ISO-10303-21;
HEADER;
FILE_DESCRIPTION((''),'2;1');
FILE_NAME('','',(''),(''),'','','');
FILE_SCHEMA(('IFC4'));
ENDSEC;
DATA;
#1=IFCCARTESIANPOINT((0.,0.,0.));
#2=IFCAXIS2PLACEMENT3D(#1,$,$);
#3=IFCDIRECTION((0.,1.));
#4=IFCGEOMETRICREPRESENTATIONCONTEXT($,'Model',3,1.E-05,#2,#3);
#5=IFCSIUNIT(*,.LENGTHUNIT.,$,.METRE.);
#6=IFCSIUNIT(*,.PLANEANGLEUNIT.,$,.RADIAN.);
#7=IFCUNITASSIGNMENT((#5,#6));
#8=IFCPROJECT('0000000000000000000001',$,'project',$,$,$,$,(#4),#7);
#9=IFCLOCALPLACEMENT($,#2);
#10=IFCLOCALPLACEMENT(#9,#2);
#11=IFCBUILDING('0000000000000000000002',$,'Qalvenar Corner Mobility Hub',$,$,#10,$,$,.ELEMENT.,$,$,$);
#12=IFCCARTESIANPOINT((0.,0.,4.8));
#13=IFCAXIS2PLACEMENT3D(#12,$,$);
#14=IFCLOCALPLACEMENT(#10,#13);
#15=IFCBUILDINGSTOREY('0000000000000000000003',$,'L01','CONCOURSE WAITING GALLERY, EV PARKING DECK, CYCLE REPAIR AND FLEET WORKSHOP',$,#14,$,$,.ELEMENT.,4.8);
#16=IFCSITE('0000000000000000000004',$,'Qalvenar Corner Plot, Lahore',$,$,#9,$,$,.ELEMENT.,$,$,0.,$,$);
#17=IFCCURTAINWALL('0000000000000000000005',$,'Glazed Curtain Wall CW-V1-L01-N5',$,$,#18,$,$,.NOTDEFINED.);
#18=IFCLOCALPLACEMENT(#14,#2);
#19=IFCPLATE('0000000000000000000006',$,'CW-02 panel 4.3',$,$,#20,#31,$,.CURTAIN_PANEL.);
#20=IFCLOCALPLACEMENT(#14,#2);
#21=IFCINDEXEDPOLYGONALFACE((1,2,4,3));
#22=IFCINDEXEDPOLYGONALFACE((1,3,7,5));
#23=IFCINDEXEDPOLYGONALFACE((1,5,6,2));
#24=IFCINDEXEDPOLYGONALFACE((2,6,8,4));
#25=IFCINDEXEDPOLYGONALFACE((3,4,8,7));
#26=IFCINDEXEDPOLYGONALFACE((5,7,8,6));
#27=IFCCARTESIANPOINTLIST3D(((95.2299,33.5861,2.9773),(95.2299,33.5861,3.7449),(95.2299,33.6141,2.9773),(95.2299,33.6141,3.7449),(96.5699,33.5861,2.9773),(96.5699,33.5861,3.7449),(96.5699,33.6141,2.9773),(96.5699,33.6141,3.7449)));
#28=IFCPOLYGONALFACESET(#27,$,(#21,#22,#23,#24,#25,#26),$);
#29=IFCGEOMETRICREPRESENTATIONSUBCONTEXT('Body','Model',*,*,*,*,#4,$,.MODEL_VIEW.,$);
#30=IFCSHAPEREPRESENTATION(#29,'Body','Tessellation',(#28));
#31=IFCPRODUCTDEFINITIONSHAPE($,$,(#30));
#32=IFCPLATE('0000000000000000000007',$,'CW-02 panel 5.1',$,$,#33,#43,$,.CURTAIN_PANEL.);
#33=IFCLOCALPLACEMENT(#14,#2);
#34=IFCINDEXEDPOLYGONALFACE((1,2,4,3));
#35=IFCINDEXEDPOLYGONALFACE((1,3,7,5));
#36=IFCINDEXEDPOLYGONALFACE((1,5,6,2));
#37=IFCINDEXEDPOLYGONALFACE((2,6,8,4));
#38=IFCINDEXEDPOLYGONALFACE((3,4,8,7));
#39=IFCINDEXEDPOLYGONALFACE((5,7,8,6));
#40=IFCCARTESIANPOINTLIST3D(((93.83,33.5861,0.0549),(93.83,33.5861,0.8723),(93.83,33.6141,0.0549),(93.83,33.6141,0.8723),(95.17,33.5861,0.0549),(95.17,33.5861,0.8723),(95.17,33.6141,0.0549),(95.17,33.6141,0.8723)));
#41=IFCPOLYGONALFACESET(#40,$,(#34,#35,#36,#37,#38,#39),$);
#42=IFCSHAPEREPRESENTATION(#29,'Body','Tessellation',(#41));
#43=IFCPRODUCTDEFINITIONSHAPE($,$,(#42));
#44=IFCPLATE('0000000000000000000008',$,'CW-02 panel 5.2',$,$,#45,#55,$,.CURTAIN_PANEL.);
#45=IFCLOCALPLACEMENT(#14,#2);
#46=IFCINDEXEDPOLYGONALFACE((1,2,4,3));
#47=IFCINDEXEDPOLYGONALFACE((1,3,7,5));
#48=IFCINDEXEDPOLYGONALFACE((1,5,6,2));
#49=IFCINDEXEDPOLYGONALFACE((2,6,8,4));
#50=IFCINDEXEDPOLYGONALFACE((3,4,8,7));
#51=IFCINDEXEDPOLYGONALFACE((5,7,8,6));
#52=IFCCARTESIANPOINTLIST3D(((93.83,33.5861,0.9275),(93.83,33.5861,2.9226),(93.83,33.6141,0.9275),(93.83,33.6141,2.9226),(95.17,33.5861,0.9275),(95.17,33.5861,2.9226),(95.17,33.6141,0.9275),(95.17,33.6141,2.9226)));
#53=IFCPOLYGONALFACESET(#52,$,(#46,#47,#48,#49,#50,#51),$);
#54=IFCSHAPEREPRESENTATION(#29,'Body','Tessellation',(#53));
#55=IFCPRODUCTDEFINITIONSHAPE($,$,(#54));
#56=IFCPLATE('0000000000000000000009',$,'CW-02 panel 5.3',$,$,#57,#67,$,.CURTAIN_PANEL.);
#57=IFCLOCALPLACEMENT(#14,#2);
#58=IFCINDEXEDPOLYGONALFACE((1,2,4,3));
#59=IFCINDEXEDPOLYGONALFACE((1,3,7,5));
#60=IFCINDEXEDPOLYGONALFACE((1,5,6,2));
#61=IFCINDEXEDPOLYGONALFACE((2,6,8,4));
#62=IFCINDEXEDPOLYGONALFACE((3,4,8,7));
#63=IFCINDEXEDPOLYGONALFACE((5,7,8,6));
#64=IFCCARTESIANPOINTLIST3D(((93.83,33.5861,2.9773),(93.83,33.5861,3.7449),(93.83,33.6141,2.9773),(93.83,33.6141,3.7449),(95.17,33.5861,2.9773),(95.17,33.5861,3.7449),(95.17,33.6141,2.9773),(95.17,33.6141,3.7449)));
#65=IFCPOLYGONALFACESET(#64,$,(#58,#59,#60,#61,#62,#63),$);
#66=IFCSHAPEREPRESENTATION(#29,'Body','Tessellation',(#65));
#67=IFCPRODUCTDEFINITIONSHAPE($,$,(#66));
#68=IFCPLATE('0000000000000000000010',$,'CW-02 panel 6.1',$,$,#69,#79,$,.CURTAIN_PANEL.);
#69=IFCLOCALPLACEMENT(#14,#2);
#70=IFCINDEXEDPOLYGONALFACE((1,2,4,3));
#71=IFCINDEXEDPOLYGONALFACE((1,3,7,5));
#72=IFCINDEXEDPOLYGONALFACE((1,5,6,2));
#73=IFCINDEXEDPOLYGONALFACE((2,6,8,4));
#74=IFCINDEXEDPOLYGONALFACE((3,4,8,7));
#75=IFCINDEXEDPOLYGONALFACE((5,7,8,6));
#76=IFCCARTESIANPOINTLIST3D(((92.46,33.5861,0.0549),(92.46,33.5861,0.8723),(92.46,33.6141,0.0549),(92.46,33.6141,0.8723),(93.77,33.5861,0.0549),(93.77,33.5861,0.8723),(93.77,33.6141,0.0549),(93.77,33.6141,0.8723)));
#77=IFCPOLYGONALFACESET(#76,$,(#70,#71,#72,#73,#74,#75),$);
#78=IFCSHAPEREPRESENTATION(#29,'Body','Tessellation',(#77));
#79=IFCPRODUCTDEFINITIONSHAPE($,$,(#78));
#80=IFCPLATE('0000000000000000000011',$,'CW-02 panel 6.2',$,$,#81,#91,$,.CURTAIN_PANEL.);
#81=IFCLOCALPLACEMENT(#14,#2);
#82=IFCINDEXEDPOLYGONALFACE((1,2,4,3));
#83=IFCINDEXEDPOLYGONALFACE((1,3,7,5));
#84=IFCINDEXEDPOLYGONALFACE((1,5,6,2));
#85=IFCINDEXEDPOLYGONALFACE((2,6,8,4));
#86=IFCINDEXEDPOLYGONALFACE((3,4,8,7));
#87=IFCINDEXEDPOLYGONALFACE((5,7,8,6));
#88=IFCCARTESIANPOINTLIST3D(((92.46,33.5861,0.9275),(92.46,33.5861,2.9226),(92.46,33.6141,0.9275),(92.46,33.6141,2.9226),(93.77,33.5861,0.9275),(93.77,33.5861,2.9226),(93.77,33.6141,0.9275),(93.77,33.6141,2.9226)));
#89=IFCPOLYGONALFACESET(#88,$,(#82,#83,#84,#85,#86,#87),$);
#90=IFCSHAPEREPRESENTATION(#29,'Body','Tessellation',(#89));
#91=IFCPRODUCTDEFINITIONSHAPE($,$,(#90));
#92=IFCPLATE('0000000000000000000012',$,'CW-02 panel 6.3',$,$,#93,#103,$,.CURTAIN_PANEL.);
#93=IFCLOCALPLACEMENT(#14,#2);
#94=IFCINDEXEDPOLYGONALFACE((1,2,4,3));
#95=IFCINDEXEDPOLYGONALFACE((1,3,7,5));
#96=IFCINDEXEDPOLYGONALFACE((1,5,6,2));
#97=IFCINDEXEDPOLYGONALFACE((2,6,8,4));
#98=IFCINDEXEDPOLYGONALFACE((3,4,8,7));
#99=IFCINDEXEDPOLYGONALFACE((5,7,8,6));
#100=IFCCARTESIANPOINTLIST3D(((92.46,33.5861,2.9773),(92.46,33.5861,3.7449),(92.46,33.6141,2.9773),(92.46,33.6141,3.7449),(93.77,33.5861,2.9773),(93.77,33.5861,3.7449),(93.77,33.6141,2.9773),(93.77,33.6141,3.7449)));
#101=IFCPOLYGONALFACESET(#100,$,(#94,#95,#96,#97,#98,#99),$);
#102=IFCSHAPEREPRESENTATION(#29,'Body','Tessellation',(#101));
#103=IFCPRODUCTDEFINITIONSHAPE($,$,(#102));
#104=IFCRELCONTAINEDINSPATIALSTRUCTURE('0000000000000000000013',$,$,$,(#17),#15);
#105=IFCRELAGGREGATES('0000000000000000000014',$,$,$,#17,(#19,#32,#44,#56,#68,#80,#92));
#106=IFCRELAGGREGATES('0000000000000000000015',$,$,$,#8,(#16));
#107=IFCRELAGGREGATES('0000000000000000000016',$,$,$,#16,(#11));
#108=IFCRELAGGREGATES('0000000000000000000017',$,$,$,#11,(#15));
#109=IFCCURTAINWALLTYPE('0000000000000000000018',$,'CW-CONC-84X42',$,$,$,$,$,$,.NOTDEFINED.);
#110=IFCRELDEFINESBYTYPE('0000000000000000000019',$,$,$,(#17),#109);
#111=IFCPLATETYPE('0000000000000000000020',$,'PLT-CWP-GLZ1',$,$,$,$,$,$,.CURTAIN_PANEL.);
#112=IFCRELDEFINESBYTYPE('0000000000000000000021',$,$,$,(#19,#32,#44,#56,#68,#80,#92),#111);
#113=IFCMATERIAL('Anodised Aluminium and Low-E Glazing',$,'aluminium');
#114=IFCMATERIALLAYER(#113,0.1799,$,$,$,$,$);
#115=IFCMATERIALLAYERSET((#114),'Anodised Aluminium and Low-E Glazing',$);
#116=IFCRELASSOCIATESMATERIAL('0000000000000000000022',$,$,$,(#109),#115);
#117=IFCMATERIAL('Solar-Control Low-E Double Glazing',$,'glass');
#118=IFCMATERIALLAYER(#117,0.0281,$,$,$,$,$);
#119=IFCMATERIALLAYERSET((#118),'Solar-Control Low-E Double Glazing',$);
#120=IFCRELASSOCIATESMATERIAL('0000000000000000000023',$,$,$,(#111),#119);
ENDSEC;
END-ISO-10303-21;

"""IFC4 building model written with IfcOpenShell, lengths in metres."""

from ifc_helpers import new_model, si_unit, direction, frame, origin, origin_2d, place, context, subcontext, project, spatial, rectangle, extrude, material, layer, layer_set, type_object, element, aggregate, save


model = new_model("IFC4")

# Units and contexts
model_context = context("Model", 3, precision=1e-05, world=origin(), true_north=direction((0.0, 1.0)))
body_context = subcontext(model_context, "Body", "Model", "MODEL_VIEW")
ifc_project = project(units=[si_unit("LENGTHUNIT", "METRE"), si_unit("PLANEANGLEUNIT", "RADIAN")], contexts=[model_context])

# Site, building, storey
site_placement = place(None, origin())
site = spatial("IfcSite", under=ifc_project, at=site_placement, Name="Qalvenar Corner Plot, Lahore", CompositionType="ELEMENT", RefElevation=0.0)
building_placement = place(site_placement, origin())
building = spatial("IfcBuilding", under=site, at=building_placement, Name="Qalvenar Corner Mobility Hub", CompositionType="ELEMENT")
storey_placement = place(building_placement, frame((0.0, 0.0, 4.8)))
storey = spatial("IfcBuildingStorey", under=building, at=storey_placement, Name="L01", Description="CONCOURSE WAITING GALLERY, EV PARKING DECK, CYCLE REPAIR AND FLEET WORKSHOP", CompositionType="ELEMENT", Elevation=4.8)

# Shared definitions
ifc_material_1 = material(Name="Anodised Aluminium and Low-E Glazing", Category="aluminium")
ifc_layer_1 = layer(ifc_material_1, 0.1799)
ifc_layer_set_1 = layer_set([ifc_layer_1], Name="Anodised Aluminium and Low-E Glazing")
curtain_wall_type = type_object("IfcCurtainWallType", Name="CW-CONC-84X42", PredefinedType="NOTDEFINED", material=ifc_layer_set_1)

# Curtain wall, plates
curtain_wall_1_placement = place(storey_placement, origin())
curtain_wall_1 = element("IfcCurtainWall", 1, at=curtain_wall_1_placement, inside=storey, type_object=curtain_wall_type, Name="Glazed Curtain Wall CW-V1-L01-N5", PredefinedType="NOTDEFINED")
ifc_material_2 = material(Name="Solar-Control Low-E Double Glazing", Category="glass")
ifc_layer_2 = layer(ifc_material_2, 0.0281)
ifc_layer_set_2 = layer_set([ifc_layer_2], Name="Solar-Control Low-E Double Glazing")
plate_type = type_object("IfcPlateType", Name="PLT-CWP-GLZ1", PredefinedType="CURTAIN_PANEL", material=ifc_layer_set_2)
plate_1_placement = place(storey_placement, frame((95.8999, 33.6001, 2.9773), z_axis=(0.0, 0.0, 1.0), x_axis=(-1.0, 0.0, 0.0)))
plate_1 = element("IfcPlate", 2, at=plate_1_placement, type_object=plate_type, Name="CW-02 panel 4.3", PredefinedType="CURTAIN_PANEL", context=body_context, shape_type="SweptSolid", body=[
    extrude(rectangle(XDim=1.3401, YDim=0.0281, at=origin_2d()), origin(), (0.0, 0.0, 1.0), 0.7676),
])
plate_2_placement = place(storey_placement, frame((94.5, 33.6001, 0.0549), z_axis=(0.0, 0.0, 1.0), x_axis=(-1.0, 0.0, 0.0)))
plate_2 = element("IfcPlate", 3, at=plate_2_placement, type_object=plate_type, Name="CW-02 panel 5.1", PredefinedType="CURTAIN_PANEL", context=body_context, shape_type="SweptSolid", body=[
    extrude(rectangle(XDim=1.3401, YDim=0.0281, at=origin_2d()), origin(), (0.0, 0.0, 1.0), 0.8174),
])
plate_3_placement = place(storey_placement, frame((94.5, 33.6001, 0.9275), z_axis=(0.0, 0.0, 1.0), x_axis=(-1.0, 0.0, 0.0)))
plate_3 = element("IfcPlate", 4, at=plate_3_placement, type_object=plate_type, Name="CW-02 panel 5.2", PredefinedType="CURTAIN_PANEL", context=body_context, shape_type="SweptSolid", body=[
    extrude(rectangle(XDim=1.3401, YDim=0.0281, at=origin_2d()), origin(), (0.0, 0.0, 1.0), 1.9951),
])
plate_4_placement = place(storey_placement, frame((94.5, 33.6001, 2.9773), z_axis=(0.0, 0.0, 1.0), x_axis=(-1.0, 0.0, 0.0)))
plate_4 = element("IfcPlate", 5, at=plate_4_placement, type_object=plate_type, Name="CW-02 panel 5.3", PredefinedType="CURTAIN_PANEL", context=body_context, shape_type="SweptSolid", body=[
    extrude(rectangle(XDim=1.3401, YDim=0.0281, at=origin_2d()), origin(), (0.0, 0.0, 1.0), 0.7676),
])
plate_5_placement = place(storey_placement, frame((93.115, 33.6001, 0.0549), z_axis=(0.0, 0.0, 1.0), x_axis=(-1.0, 0.0, 0.0)))
plate_5 = element("IfcPlate", 6, at=plate_5_placement, type_object=plate_type, Name="CW-02 panel 6.1", PredefinedType="CURTAIN_PANEL", context=body_context, shape_type="SweptSolid", body=[
    extrude(rectangle(XDim=1.3101, YDim=0.0281, at=origin_2d()), origin(), (0.0, 0.0, 1.0), 0.8174),
])
plate_6_placement = place(storey_placement, frame((93.115, 33.6001, 0.9275), z_axis=(0.0, 0.0, 1.0), x_axis=(-1.0, 0.0, 0.0)))
plate_6 = element("IfcPlate", 7, at=plate_6_placement, type_object=plate_type, Name="CW-02 panel 6.2", PredefinedType="CURTAIN_PANEL", context=body_context, shape_type="SweptSolid", body=[
    extrude(rectangle(XDim=1.3101, YDim=0.0281, at=origin_2d()), origin(), (0.0, 0.0, 1.0), 1.9951),
])
plate_7_placement = place(storey_placement, frame((93.115, 33.6001, 2.9773), z_axis=(0.0, 0.0, 1.0), x_axis=(-1.0, 0.0, 0.0)))
plate_7 = element("IfcPlate", 8, at=plate_7_placement, type_object=plate_type, Name="CW-02 panel 6.3", PredefinedType="CURTAIN_PANEL", context=body_context, shape_type="SweptSolid", body=[
    extrude(rectangle(XDim=1.3101, YDim=0.0281, at=origin_2d()), origin(), (0.0, 0.0, 1.0), 0.7676),
])
aggregate(curtain_wall_1, [plate_1, plate_2, plate_3, plate_4, plate_5, plate_6, plate_7])

save(model, "model.ifc")
